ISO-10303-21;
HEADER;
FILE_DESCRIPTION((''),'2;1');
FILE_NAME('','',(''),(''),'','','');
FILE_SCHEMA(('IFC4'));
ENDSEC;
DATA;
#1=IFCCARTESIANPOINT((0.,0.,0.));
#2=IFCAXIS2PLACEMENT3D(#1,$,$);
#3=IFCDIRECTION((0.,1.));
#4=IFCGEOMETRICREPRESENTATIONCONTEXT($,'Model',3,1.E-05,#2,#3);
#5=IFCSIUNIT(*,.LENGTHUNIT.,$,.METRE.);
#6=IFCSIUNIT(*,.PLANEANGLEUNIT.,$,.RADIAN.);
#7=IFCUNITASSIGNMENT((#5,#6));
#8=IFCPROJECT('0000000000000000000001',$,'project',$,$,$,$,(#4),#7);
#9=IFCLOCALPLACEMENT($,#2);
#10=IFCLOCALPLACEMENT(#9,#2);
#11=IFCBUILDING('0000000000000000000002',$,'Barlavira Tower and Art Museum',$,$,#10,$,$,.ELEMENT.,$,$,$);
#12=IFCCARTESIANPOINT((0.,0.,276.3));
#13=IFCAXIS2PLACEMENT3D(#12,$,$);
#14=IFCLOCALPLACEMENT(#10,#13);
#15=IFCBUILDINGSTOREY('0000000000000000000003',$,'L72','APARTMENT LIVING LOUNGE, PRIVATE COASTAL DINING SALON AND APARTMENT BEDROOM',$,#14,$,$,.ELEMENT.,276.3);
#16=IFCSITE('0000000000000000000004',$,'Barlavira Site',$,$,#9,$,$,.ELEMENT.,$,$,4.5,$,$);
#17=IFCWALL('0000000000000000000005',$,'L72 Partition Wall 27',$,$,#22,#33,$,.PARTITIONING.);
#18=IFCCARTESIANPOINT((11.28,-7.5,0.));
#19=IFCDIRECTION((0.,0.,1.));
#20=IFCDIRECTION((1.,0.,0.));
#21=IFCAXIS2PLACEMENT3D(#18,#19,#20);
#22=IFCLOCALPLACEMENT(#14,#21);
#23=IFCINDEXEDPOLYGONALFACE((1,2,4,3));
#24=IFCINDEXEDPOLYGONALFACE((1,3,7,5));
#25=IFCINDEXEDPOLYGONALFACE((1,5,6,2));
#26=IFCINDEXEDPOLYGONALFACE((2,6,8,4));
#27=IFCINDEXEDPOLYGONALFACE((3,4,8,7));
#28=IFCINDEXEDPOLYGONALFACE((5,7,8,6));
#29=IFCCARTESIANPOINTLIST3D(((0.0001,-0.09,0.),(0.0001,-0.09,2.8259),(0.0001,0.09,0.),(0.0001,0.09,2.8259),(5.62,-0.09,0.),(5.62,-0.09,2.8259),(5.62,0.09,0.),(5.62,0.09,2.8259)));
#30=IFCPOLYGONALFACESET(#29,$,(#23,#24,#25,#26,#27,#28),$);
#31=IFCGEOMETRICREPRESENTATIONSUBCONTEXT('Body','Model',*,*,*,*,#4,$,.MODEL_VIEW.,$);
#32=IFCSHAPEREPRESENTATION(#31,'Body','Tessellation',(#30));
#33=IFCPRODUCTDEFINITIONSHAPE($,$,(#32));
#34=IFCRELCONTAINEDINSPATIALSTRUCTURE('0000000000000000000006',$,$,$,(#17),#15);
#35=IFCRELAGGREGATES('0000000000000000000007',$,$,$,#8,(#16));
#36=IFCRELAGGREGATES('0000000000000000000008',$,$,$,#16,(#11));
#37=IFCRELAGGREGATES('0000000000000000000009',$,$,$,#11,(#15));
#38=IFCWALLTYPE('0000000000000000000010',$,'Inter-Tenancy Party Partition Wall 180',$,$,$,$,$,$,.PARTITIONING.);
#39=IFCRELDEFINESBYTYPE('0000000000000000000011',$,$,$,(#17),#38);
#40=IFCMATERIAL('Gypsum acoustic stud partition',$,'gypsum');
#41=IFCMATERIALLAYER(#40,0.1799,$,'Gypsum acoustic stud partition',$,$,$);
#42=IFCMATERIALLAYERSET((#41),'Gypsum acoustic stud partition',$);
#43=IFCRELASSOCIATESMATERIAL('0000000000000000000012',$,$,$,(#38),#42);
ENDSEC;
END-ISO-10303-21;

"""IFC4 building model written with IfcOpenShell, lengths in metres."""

from ifc_helpers import new_model, si_unit, direction, frame, frame_2d, origin, place, context, subcontext, project, spatial, rectangle, extrude, material, layer, layer_set, type_object, element, save


model = new_model("IFC4")

# Units and contexts
model_context = context("Model", 3, precision=1e-05, world=origin(), true_north=direction((0.0, 1.0)))
body_context = subcontext(model_context, "Body", "Model", "MODEL_VIEW")
ifc_project = project(units=[si_unit("LENGTHUNIT", "METRE"), si_unit("PLANEANGLEUNIT", "RADIAN")], contexts=[model_context])

# Site, building, storey
site_placement = place(None, origin())
site = spatial("IfcSite", under=ifc_project, at=site_placement, Name="Barlavira Site", CompositionType="ELEMENT", RefElevation=4.5)
building_placement = place(site_placement, origin())
building = spatial("IfcBuilding", under=site, at=building_placement, Name="Barlavira Tower and Art Museum", CompositionType="ELEMENT")
storey_placement = place(building_placement, frame((0.0, 0.0, 276.3)))
storey = spatial("IfcBuildingStorey", under=building, at=storey_placement, Name="L72", Description="APARTMENT LIVING LOUNGE, PRIVATE COASTAL DINING SALON AND APARTMENT BEDROOM", CompositionType="ELEMENT", Elevation=276.3)

# Shared definitions
ifc_material_1 = material(Name="Gypsum acoustic stud partition", Category="gypsum")
ifc_layer_1 = layer(ifc_material_1, 0.1799, Name="Gypsum acoustic stud partition")
ifc_layer_set_1 = layer_set([ifc_layer_1], Name="Gypsum acoustic stud partition")
wall_type_1 = type_object("IfcWallType", Name="Inter-Tenancy Party Partition Wall 180", PredefinedType="PARTITIONING", material=ifc_layer_set_1)

# Wall
wall_1_placement = place(storey_placement, frame((11.28, -7.5, 0.0), z_axis=(0.0, 0.0, 1.0), x_axis=(1.0, 0.0, 0.0)))
element("IfcWall", 1, at=wall_1_placement, inside=storey, type_object=wall_type_1, Name="L72 Partition Wall 27", PredefinedType="PARTITIONING", context=body_context, shape_type="SweptSolid", body=[
    extrude(rectangle(XDim=5.6199, YDim=0.1799, at=frame_2d((2.8101, 0.0))), origin(), (0.0, 0.0, 1.0), 2.8259),
])

save(model, "model.ifc")
